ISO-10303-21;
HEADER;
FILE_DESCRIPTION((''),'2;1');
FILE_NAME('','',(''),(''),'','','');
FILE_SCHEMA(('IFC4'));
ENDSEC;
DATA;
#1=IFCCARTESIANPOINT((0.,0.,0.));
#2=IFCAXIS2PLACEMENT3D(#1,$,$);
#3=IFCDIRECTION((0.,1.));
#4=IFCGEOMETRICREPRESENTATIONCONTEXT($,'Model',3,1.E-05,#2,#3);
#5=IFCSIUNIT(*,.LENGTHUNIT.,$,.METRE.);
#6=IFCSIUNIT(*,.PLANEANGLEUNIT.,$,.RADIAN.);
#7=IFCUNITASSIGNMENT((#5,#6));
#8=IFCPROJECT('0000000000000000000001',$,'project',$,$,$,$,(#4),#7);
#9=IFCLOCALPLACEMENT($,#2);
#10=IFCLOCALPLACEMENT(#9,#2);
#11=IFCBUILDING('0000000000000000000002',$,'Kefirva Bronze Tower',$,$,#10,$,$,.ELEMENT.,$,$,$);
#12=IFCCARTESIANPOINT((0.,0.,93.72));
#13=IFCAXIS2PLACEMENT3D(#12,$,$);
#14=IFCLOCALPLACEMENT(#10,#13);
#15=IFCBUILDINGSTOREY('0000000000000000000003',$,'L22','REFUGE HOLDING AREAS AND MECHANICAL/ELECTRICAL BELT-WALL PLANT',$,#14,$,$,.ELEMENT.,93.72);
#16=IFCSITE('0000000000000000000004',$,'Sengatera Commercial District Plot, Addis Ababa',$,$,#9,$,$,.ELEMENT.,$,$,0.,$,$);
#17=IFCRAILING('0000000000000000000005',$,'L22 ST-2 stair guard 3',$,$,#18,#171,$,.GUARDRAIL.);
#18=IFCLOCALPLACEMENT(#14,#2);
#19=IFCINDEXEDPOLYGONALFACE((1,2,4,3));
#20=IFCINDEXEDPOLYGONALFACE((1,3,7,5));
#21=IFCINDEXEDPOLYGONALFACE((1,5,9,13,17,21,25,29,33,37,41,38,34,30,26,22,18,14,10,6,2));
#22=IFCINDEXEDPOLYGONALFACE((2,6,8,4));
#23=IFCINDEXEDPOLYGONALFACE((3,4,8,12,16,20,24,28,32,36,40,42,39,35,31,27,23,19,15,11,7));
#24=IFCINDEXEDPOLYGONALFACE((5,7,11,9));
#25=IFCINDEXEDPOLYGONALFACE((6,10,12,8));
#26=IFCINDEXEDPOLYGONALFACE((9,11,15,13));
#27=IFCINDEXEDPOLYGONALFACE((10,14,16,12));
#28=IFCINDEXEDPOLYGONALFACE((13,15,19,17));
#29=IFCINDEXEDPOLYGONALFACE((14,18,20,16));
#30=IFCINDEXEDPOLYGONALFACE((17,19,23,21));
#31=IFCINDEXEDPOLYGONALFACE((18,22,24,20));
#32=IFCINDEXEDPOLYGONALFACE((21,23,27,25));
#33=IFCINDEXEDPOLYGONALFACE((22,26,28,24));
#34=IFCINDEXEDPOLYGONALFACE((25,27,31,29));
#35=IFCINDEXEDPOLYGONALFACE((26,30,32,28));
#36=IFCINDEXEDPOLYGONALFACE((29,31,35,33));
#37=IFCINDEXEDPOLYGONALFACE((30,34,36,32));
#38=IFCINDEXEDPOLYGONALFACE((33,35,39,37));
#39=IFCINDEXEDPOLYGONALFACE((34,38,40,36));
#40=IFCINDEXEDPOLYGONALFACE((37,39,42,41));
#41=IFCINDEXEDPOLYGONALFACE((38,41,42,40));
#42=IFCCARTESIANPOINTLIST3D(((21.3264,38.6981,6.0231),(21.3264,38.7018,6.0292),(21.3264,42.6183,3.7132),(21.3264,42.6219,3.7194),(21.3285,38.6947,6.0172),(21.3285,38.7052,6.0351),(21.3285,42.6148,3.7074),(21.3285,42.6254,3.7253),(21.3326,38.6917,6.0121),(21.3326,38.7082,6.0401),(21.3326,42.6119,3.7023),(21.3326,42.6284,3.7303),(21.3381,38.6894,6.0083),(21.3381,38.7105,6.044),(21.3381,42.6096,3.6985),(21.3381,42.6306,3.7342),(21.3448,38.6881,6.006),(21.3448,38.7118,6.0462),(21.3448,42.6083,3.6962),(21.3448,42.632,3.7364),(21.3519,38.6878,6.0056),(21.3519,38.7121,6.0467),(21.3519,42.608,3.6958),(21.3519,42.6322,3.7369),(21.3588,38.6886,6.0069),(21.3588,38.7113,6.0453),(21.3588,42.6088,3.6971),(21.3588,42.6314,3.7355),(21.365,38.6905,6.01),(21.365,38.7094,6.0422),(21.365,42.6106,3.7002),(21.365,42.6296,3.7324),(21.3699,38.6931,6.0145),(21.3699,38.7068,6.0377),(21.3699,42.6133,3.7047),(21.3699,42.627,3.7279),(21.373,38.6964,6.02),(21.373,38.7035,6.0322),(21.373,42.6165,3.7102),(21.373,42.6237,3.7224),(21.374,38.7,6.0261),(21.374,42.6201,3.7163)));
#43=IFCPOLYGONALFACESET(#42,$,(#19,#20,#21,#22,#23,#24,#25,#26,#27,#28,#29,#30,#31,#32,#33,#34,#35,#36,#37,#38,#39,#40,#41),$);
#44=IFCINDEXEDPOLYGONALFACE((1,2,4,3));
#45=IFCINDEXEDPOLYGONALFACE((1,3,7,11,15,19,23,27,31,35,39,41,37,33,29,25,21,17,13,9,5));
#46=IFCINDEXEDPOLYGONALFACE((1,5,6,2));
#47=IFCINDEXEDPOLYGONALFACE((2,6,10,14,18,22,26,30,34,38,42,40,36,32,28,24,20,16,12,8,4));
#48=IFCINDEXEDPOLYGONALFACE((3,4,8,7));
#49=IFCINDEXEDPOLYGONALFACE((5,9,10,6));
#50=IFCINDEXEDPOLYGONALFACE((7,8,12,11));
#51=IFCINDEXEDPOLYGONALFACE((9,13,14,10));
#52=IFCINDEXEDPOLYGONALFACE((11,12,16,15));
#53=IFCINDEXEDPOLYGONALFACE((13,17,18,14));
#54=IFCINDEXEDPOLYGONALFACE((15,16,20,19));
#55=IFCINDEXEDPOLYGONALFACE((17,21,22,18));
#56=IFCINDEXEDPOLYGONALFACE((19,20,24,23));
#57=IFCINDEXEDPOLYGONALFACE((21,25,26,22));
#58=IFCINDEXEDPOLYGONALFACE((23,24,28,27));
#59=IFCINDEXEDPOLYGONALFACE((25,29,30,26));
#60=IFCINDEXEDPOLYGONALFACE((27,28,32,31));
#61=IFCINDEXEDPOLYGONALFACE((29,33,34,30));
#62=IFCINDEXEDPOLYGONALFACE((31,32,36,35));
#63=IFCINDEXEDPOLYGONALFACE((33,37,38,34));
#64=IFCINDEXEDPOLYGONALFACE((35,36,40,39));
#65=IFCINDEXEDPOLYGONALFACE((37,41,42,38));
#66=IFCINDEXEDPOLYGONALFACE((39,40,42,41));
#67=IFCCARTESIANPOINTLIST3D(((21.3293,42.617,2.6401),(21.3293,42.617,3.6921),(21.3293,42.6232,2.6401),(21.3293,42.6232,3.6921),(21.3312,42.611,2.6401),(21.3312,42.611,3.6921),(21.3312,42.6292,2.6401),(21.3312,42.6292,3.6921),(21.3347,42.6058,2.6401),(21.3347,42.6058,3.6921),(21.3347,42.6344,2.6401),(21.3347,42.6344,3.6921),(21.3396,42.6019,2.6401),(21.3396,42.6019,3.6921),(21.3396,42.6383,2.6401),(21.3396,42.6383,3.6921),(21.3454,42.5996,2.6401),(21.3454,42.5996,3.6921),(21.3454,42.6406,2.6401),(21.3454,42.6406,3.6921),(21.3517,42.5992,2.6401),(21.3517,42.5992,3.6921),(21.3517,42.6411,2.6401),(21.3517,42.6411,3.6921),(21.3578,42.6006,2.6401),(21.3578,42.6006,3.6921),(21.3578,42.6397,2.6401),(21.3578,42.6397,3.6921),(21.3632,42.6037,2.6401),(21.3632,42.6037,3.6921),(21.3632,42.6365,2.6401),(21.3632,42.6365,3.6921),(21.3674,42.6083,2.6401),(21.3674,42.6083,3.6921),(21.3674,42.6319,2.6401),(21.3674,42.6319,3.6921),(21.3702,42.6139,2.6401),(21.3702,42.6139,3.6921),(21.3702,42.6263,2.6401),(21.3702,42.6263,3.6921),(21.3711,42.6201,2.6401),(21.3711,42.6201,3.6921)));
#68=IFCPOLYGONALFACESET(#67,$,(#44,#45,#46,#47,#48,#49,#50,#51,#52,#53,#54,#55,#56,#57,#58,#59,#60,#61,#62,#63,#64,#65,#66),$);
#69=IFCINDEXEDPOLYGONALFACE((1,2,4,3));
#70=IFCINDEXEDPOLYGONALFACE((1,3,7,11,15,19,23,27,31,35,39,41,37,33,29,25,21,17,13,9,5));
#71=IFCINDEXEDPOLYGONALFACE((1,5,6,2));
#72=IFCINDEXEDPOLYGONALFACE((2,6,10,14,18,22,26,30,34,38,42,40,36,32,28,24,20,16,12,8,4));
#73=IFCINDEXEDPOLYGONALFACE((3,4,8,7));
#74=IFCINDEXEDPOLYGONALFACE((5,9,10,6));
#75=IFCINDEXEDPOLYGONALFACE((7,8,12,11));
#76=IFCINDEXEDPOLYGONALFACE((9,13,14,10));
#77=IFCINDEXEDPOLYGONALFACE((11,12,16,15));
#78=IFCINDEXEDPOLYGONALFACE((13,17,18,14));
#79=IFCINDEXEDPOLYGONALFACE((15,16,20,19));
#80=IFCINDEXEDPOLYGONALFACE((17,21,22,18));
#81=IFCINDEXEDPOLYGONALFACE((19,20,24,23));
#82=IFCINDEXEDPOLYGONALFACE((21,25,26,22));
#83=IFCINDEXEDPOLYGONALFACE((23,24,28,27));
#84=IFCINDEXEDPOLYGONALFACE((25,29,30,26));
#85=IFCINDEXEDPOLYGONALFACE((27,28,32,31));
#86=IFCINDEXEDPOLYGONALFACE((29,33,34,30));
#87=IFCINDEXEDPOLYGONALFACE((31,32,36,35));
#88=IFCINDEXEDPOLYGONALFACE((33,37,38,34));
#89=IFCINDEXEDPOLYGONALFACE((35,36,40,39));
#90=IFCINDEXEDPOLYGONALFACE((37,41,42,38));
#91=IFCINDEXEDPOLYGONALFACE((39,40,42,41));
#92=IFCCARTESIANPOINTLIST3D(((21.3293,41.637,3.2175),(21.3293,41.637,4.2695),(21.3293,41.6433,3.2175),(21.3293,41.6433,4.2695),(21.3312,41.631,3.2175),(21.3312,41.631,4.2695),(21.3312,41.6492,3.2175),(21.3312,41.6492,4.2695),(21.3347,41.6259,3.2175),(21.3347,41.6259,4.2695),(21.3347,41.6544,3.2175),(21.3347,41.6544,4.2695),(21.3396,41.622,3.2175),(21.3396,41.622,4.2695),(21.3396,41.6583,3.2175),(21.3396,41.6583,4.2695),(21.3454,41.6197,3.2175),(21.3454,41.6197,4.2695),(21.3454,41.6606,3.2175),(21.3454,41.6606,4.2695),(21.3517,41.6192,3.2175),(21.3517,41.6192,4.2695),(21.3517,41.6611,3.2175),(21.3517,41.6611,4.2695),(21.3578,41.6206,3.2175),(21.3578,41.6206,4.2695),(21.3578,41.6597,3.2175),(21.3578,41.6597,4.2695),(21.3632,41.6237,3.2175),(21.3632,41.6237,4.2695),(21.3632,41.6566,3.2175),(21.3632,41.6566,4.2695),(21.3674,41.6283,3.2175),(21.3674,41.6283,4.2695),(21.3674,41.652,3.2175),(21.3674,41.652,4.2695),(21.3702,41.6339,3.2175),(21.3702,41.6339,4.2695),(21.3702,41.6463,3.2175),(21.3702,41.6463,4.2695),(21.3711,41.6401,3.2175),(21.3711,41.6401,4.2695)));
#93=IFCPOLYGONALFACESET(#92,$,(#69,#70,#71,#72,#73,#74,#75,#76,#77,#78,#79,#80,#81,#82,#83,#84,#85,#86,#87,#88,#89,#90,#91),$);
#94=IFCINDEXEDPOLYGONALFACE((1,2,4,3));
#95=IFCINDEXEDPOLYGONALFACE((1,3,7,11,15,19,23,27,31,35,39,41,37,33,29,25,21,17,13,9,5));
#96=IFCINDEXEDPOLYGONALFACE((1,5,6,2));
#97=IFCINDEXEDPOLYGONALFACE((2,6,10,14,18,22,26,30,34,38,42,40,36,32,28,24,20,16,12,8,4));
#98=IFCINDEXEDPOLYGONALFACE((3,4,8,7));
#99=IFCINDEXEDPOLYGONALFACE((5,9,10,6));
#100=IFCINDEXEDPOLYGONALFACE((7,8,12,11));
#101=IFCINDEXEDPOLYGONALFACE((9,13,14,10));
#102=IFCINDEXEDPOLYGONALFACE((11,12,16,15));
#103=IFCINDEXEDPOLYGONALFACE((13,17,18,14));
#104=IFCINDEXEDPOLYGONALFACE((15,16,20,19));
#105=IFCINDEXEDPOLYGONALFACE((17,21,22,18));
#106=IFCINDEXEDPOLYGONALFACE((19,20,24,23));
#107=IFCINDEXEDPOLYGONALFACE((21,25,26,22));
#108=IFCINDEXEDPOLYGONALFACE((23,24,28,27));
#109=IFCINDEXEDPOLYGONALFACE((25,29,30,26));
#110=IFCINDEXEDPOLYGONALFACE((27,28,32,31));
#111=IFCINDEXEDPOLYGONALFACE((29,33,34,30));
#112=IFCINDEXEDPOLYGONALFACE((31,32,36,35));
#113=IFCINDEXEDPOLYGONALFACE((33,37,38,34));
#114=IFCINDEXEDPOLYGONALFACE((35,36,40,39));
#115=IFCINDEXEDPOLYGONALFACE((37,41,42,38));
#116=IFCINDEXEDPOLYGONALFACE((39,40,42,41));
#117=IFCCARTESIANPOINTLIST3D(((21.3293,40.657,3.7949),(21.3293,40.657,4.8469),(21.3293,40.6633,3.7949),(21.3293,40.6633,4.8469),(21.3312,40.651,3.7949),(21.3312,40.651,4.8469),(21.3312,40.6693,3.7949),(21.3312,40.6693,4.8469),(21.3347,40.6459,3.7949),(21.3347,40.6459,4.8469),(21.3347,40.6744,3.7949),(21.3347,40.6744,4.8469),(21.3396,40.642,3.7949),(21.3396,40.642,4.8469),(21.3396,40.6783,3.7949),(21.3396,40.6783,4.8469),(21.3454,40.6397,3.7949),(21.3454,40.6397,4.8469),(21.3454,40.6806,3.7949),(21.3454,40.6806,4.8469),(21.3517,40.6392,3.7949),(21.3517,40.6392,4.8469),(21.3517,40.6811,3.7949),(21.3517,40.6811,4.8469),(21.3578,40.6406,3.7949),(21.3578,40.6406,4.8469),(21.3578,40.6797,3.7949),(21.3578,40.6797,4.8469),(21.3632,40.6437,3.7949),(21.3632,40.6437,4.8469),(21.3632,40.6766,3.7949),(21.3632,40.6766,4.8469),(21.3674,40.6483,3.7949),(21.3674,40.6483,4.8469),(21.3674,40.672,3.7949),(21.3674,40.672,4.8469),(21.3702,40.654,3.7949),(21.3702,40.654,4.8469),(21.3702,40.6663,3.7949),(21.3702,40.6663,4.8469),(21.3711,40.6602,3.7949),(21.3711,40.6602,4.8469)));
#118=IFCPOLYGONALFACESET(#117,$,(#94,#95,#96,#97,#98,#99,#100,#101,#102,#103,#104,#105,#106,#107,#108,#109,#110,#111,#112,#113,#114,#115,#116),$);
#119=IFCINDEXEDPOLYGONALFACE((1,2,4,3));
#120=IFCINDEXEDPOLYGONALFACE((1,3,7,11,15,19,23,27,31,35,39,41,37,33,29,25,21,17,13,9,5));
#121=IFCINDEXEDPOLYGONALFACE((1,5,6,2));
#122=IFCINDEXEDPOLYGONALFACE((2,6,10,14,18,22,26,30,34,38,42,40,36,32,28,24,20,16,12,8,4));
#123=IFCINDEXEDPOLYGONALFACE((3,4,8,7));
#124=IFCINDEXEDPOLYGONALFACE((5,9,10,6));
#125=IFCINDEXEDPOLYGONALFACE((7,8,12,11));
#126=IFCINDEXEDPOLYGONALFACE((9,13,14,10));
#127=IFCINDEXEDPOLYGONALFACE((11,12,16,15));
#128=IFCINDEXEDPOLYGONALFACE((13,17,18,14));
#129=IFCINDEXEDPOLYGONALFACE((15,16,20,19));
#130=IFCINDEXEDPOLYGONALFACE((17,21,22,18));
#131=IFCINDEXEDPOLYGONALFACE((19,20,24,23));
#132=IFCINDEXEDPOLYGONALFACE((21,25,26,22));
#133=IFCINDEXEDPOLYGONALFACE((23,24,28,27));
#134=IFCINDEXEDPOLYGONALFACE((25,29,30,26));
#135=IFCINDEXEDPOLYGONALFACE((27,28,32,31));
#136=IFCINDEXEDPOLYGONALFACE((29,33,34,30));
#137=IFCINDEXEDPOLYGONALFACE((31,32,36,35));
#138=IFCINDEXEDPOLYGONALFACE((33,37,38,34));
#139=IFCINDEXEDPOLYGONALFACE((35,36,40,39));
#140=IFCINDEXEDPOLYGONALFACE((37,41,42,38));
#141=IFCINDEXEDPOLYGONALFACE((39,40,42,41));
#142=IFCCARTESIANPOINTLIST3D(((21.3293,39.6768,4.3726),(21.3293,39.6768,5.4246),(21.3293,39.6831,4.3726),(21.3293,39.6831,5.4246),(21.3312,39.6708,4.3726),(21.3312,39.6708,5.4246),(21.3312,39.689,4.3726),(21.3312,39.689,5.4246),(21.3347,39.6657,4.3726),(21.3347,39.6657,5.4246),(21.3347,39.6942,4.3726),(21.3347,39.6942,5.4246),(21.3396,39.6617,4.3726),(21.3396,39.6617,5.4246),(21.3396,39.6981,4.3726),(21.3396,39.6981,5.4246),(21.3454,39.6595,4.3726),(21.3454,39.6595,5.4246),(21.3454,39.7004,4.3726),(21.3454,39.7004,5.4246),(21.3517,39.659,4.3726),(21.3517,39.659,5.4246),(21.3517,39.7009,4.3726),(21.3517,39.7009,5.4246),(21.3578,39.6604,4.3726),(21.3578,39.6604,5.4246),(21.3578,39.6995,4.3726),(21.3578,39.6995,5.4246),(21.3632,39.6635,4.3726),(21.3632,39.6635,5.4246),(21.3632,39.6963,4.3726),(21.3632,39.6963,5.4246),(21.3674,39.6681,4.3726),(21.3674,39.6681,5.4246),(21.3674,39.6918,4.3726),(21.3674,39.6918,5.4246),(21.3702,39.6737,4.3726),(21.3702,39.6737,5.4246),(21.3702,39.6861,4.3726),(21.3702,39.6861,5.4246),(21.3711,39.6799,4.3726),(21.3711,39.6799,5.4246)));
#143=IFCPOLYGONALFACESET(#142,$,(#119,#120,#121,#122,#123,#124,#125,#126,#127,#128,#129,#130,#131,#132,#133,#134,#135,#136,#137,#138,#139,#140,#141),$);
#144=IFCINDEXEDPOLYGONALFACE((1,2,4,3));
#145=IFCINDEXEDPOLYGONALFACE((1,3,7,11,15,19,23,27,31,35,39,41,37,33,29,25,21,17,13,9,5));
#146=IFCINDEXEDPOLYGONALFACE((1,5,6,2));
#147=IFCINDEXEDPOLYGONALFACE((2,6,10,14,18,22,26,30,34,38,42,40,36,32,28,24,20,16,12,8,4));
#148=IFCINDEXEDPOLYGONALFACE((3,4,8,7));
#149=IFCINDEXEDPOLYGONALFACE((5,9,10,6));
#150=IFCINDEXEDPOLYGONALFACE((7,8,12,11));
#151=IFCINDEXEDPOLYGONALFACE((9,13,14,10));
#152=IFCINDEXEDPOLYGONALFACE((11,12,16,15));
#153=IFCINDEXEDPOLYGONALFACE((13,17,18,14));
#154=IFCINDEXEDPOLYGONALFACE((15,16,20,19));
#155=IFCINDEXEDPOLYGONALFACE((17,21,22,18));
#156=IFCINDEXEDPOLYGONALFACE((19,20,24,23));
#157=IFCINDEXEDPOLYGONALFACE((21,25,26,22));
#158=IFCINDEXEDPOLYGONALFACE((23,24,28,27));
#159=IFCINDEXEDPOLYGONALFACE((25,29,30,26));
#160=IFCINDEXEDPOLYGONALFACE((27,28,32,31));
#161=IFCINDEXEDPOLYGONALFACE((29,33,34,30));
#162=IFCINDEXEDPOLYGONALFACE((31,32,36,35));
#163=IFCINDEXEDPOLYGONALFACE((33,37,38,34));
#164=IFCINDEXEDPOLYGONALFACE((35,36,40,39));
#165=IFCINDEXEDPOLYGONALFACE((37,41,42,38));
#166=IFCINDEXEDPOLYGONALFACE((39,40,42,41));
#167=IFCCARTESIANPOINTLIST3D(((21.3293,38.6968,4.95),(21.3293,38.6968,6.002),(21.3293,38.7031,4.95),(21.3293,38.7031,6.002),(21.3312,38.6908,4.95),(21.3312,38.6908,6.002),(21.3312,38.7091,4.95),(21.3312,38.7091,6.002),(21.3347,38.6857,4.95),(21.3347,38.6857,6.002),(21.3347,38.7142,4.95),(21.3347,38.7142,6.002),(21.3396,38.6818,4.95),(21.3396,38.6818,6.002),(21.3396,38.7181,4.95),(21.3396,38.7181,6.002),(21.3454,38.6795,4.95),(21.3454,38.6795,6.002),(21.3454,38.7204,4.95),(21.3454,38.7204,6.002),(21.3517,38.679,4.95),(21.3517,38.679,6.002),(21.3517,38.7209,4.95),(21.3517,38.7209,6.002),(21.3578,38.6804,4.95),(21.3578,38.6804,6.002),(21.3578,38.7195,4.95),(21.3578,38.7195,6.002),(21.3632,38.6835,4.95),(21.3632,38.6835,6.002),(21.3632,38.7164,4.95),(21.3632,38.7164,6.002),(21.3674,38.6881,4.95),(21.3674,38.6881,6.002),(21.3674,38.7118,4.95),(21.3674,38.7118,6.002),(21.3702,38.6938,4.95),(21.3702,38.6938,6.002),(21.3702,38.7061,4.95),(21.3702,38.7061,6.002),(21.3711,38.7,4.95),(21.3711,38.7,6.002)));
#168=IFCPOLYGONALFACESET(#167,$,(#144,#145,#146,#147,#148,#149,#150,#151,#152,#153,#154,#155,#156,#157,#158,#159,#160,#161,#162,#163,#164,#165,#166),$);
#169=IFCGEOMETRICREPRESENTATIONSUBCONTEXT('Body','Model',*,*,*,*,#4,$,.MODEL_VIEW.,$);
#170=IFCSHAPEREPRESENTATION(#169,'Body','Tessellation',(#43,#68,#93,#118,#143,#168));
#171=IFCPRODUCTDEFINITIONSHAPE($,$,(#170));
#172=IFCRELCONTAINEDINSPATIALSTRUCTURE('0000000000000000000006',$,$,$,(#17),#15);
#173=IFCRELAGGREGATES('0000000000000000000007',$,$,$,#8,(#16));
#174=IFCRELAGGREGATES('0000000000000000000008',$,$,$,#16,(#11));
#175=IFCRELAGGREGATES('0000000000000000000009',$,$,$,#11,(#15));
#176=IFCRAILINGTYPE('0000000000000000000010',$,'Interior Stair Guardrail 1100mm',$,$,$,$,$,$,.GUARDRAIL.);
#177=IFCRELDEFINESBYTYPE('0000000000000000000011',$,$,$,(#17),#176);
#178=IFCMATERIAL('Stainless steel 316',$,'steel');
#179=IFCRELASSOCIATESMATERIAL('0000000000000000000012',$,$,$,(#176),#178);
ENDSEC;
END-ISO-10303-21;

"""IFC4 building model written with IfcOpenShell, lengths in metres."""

from ifc_helpers import new_model, si_unit, direction, frame, origin, origin_2d, place, context, subcontext, project, spatial, circle, extrude, material, type_object, element, save


model = new_model("IFC4")

# Units and contexts
model_context = context("Model", 3, precision=1e-05, world=origin(), true_north=direction((0.0, 1.0)))
body_context = subcontext(model_context, "Body", "Model", "MODEL_VIEW")
ifc_project = project(units=[si_unit("LENGTHUNIT", "METRE"), si_unit("PLANEANGLEUNIT", "RADIAN")], contexts=[model_context])

# Site, building, storey
site_placement = place(None, origin())
site = spatial("IfcSite", under=ifc_project, at=site_placement, Name="Sengatera Commercial District Plot, Addis Ababa", CompositionType="ELEMENT", RefElevation=0.0)
building_placement = place(site_placement, origin())
building = spatial("IfcBuilding", under=site, at=building_placement, Name="Kefirva Bronze Tower", CompositionType="ELEMENT")
storey_placement = place(building_placement, frame((0.0, 0.0, 93.72)))
storey = spatial("IfcBuildingStorey", under=building, at=storey_placement, Name="L22", Description="REFUGE HOLDING AREAS AND MECHANICAL/ELECTRICAL BELT-WALL PLANT", CompositionType="ELEMENT", Elevation=93.72)

# Railing
ifc_material_1 = material(Name="Stainless steel 316", Category="steel")
railing_type_1 = type_object("IfcRailingType", Name="Interior Stair Guardrail 1100mm", PredefinedType="GUARDRAIL", material=ifc_material_1)
railing_1_placement = place(storey_placement, frame((21.3501, 42.6201, 2.6401)))
element("IfcRailing", 1, at=railing_1_placement, inside=storey, type_object=railing_type_1, Name="L22 ST-2 stair guard 3", PredefinedType="GUARDRAIL", context=body_context, shape_type="SweptSolid", body=[
    extrude(circle(Radius=0.0239, at=origin_2d()), frame((0.0, 0.0, 1.0762), z_axis=(0.0, -0.861566, 0.507646), x_axis=(1.0, 0.0, 0.0)), (0.0, 0.0, 1.0), 4.55),
    extrude(circle(Radius=0.021, at=origin_2d()), origin(), (0.0, 0.0, 1.0), 1.052),
    extrude(circle(Radius=0.021, at=origin_2d()), frame((0.0, -0.98, 0.5774)), (0.0, 0.0, 1.0), 1.052),
    extrude(circle(Radius=0.021, at=origin_2d()), frame((0.0, -1.96, 1.1548)), (0.0, 0.0, 1.0), 1.052),
    extrude(circle(Radius=0.021, at=origin_2d()), frame((0.0, -2.9402, 1.7324)), (0.0, 0.0, 1.0), 1.052),
    extrude(circle(Radius=0.021, at=origin_2d()), frame((0.0, -3.9202, 2.3098)), (0.0, 0.0, 1.0), 1.052),
])

save(model, "model.ifc")
